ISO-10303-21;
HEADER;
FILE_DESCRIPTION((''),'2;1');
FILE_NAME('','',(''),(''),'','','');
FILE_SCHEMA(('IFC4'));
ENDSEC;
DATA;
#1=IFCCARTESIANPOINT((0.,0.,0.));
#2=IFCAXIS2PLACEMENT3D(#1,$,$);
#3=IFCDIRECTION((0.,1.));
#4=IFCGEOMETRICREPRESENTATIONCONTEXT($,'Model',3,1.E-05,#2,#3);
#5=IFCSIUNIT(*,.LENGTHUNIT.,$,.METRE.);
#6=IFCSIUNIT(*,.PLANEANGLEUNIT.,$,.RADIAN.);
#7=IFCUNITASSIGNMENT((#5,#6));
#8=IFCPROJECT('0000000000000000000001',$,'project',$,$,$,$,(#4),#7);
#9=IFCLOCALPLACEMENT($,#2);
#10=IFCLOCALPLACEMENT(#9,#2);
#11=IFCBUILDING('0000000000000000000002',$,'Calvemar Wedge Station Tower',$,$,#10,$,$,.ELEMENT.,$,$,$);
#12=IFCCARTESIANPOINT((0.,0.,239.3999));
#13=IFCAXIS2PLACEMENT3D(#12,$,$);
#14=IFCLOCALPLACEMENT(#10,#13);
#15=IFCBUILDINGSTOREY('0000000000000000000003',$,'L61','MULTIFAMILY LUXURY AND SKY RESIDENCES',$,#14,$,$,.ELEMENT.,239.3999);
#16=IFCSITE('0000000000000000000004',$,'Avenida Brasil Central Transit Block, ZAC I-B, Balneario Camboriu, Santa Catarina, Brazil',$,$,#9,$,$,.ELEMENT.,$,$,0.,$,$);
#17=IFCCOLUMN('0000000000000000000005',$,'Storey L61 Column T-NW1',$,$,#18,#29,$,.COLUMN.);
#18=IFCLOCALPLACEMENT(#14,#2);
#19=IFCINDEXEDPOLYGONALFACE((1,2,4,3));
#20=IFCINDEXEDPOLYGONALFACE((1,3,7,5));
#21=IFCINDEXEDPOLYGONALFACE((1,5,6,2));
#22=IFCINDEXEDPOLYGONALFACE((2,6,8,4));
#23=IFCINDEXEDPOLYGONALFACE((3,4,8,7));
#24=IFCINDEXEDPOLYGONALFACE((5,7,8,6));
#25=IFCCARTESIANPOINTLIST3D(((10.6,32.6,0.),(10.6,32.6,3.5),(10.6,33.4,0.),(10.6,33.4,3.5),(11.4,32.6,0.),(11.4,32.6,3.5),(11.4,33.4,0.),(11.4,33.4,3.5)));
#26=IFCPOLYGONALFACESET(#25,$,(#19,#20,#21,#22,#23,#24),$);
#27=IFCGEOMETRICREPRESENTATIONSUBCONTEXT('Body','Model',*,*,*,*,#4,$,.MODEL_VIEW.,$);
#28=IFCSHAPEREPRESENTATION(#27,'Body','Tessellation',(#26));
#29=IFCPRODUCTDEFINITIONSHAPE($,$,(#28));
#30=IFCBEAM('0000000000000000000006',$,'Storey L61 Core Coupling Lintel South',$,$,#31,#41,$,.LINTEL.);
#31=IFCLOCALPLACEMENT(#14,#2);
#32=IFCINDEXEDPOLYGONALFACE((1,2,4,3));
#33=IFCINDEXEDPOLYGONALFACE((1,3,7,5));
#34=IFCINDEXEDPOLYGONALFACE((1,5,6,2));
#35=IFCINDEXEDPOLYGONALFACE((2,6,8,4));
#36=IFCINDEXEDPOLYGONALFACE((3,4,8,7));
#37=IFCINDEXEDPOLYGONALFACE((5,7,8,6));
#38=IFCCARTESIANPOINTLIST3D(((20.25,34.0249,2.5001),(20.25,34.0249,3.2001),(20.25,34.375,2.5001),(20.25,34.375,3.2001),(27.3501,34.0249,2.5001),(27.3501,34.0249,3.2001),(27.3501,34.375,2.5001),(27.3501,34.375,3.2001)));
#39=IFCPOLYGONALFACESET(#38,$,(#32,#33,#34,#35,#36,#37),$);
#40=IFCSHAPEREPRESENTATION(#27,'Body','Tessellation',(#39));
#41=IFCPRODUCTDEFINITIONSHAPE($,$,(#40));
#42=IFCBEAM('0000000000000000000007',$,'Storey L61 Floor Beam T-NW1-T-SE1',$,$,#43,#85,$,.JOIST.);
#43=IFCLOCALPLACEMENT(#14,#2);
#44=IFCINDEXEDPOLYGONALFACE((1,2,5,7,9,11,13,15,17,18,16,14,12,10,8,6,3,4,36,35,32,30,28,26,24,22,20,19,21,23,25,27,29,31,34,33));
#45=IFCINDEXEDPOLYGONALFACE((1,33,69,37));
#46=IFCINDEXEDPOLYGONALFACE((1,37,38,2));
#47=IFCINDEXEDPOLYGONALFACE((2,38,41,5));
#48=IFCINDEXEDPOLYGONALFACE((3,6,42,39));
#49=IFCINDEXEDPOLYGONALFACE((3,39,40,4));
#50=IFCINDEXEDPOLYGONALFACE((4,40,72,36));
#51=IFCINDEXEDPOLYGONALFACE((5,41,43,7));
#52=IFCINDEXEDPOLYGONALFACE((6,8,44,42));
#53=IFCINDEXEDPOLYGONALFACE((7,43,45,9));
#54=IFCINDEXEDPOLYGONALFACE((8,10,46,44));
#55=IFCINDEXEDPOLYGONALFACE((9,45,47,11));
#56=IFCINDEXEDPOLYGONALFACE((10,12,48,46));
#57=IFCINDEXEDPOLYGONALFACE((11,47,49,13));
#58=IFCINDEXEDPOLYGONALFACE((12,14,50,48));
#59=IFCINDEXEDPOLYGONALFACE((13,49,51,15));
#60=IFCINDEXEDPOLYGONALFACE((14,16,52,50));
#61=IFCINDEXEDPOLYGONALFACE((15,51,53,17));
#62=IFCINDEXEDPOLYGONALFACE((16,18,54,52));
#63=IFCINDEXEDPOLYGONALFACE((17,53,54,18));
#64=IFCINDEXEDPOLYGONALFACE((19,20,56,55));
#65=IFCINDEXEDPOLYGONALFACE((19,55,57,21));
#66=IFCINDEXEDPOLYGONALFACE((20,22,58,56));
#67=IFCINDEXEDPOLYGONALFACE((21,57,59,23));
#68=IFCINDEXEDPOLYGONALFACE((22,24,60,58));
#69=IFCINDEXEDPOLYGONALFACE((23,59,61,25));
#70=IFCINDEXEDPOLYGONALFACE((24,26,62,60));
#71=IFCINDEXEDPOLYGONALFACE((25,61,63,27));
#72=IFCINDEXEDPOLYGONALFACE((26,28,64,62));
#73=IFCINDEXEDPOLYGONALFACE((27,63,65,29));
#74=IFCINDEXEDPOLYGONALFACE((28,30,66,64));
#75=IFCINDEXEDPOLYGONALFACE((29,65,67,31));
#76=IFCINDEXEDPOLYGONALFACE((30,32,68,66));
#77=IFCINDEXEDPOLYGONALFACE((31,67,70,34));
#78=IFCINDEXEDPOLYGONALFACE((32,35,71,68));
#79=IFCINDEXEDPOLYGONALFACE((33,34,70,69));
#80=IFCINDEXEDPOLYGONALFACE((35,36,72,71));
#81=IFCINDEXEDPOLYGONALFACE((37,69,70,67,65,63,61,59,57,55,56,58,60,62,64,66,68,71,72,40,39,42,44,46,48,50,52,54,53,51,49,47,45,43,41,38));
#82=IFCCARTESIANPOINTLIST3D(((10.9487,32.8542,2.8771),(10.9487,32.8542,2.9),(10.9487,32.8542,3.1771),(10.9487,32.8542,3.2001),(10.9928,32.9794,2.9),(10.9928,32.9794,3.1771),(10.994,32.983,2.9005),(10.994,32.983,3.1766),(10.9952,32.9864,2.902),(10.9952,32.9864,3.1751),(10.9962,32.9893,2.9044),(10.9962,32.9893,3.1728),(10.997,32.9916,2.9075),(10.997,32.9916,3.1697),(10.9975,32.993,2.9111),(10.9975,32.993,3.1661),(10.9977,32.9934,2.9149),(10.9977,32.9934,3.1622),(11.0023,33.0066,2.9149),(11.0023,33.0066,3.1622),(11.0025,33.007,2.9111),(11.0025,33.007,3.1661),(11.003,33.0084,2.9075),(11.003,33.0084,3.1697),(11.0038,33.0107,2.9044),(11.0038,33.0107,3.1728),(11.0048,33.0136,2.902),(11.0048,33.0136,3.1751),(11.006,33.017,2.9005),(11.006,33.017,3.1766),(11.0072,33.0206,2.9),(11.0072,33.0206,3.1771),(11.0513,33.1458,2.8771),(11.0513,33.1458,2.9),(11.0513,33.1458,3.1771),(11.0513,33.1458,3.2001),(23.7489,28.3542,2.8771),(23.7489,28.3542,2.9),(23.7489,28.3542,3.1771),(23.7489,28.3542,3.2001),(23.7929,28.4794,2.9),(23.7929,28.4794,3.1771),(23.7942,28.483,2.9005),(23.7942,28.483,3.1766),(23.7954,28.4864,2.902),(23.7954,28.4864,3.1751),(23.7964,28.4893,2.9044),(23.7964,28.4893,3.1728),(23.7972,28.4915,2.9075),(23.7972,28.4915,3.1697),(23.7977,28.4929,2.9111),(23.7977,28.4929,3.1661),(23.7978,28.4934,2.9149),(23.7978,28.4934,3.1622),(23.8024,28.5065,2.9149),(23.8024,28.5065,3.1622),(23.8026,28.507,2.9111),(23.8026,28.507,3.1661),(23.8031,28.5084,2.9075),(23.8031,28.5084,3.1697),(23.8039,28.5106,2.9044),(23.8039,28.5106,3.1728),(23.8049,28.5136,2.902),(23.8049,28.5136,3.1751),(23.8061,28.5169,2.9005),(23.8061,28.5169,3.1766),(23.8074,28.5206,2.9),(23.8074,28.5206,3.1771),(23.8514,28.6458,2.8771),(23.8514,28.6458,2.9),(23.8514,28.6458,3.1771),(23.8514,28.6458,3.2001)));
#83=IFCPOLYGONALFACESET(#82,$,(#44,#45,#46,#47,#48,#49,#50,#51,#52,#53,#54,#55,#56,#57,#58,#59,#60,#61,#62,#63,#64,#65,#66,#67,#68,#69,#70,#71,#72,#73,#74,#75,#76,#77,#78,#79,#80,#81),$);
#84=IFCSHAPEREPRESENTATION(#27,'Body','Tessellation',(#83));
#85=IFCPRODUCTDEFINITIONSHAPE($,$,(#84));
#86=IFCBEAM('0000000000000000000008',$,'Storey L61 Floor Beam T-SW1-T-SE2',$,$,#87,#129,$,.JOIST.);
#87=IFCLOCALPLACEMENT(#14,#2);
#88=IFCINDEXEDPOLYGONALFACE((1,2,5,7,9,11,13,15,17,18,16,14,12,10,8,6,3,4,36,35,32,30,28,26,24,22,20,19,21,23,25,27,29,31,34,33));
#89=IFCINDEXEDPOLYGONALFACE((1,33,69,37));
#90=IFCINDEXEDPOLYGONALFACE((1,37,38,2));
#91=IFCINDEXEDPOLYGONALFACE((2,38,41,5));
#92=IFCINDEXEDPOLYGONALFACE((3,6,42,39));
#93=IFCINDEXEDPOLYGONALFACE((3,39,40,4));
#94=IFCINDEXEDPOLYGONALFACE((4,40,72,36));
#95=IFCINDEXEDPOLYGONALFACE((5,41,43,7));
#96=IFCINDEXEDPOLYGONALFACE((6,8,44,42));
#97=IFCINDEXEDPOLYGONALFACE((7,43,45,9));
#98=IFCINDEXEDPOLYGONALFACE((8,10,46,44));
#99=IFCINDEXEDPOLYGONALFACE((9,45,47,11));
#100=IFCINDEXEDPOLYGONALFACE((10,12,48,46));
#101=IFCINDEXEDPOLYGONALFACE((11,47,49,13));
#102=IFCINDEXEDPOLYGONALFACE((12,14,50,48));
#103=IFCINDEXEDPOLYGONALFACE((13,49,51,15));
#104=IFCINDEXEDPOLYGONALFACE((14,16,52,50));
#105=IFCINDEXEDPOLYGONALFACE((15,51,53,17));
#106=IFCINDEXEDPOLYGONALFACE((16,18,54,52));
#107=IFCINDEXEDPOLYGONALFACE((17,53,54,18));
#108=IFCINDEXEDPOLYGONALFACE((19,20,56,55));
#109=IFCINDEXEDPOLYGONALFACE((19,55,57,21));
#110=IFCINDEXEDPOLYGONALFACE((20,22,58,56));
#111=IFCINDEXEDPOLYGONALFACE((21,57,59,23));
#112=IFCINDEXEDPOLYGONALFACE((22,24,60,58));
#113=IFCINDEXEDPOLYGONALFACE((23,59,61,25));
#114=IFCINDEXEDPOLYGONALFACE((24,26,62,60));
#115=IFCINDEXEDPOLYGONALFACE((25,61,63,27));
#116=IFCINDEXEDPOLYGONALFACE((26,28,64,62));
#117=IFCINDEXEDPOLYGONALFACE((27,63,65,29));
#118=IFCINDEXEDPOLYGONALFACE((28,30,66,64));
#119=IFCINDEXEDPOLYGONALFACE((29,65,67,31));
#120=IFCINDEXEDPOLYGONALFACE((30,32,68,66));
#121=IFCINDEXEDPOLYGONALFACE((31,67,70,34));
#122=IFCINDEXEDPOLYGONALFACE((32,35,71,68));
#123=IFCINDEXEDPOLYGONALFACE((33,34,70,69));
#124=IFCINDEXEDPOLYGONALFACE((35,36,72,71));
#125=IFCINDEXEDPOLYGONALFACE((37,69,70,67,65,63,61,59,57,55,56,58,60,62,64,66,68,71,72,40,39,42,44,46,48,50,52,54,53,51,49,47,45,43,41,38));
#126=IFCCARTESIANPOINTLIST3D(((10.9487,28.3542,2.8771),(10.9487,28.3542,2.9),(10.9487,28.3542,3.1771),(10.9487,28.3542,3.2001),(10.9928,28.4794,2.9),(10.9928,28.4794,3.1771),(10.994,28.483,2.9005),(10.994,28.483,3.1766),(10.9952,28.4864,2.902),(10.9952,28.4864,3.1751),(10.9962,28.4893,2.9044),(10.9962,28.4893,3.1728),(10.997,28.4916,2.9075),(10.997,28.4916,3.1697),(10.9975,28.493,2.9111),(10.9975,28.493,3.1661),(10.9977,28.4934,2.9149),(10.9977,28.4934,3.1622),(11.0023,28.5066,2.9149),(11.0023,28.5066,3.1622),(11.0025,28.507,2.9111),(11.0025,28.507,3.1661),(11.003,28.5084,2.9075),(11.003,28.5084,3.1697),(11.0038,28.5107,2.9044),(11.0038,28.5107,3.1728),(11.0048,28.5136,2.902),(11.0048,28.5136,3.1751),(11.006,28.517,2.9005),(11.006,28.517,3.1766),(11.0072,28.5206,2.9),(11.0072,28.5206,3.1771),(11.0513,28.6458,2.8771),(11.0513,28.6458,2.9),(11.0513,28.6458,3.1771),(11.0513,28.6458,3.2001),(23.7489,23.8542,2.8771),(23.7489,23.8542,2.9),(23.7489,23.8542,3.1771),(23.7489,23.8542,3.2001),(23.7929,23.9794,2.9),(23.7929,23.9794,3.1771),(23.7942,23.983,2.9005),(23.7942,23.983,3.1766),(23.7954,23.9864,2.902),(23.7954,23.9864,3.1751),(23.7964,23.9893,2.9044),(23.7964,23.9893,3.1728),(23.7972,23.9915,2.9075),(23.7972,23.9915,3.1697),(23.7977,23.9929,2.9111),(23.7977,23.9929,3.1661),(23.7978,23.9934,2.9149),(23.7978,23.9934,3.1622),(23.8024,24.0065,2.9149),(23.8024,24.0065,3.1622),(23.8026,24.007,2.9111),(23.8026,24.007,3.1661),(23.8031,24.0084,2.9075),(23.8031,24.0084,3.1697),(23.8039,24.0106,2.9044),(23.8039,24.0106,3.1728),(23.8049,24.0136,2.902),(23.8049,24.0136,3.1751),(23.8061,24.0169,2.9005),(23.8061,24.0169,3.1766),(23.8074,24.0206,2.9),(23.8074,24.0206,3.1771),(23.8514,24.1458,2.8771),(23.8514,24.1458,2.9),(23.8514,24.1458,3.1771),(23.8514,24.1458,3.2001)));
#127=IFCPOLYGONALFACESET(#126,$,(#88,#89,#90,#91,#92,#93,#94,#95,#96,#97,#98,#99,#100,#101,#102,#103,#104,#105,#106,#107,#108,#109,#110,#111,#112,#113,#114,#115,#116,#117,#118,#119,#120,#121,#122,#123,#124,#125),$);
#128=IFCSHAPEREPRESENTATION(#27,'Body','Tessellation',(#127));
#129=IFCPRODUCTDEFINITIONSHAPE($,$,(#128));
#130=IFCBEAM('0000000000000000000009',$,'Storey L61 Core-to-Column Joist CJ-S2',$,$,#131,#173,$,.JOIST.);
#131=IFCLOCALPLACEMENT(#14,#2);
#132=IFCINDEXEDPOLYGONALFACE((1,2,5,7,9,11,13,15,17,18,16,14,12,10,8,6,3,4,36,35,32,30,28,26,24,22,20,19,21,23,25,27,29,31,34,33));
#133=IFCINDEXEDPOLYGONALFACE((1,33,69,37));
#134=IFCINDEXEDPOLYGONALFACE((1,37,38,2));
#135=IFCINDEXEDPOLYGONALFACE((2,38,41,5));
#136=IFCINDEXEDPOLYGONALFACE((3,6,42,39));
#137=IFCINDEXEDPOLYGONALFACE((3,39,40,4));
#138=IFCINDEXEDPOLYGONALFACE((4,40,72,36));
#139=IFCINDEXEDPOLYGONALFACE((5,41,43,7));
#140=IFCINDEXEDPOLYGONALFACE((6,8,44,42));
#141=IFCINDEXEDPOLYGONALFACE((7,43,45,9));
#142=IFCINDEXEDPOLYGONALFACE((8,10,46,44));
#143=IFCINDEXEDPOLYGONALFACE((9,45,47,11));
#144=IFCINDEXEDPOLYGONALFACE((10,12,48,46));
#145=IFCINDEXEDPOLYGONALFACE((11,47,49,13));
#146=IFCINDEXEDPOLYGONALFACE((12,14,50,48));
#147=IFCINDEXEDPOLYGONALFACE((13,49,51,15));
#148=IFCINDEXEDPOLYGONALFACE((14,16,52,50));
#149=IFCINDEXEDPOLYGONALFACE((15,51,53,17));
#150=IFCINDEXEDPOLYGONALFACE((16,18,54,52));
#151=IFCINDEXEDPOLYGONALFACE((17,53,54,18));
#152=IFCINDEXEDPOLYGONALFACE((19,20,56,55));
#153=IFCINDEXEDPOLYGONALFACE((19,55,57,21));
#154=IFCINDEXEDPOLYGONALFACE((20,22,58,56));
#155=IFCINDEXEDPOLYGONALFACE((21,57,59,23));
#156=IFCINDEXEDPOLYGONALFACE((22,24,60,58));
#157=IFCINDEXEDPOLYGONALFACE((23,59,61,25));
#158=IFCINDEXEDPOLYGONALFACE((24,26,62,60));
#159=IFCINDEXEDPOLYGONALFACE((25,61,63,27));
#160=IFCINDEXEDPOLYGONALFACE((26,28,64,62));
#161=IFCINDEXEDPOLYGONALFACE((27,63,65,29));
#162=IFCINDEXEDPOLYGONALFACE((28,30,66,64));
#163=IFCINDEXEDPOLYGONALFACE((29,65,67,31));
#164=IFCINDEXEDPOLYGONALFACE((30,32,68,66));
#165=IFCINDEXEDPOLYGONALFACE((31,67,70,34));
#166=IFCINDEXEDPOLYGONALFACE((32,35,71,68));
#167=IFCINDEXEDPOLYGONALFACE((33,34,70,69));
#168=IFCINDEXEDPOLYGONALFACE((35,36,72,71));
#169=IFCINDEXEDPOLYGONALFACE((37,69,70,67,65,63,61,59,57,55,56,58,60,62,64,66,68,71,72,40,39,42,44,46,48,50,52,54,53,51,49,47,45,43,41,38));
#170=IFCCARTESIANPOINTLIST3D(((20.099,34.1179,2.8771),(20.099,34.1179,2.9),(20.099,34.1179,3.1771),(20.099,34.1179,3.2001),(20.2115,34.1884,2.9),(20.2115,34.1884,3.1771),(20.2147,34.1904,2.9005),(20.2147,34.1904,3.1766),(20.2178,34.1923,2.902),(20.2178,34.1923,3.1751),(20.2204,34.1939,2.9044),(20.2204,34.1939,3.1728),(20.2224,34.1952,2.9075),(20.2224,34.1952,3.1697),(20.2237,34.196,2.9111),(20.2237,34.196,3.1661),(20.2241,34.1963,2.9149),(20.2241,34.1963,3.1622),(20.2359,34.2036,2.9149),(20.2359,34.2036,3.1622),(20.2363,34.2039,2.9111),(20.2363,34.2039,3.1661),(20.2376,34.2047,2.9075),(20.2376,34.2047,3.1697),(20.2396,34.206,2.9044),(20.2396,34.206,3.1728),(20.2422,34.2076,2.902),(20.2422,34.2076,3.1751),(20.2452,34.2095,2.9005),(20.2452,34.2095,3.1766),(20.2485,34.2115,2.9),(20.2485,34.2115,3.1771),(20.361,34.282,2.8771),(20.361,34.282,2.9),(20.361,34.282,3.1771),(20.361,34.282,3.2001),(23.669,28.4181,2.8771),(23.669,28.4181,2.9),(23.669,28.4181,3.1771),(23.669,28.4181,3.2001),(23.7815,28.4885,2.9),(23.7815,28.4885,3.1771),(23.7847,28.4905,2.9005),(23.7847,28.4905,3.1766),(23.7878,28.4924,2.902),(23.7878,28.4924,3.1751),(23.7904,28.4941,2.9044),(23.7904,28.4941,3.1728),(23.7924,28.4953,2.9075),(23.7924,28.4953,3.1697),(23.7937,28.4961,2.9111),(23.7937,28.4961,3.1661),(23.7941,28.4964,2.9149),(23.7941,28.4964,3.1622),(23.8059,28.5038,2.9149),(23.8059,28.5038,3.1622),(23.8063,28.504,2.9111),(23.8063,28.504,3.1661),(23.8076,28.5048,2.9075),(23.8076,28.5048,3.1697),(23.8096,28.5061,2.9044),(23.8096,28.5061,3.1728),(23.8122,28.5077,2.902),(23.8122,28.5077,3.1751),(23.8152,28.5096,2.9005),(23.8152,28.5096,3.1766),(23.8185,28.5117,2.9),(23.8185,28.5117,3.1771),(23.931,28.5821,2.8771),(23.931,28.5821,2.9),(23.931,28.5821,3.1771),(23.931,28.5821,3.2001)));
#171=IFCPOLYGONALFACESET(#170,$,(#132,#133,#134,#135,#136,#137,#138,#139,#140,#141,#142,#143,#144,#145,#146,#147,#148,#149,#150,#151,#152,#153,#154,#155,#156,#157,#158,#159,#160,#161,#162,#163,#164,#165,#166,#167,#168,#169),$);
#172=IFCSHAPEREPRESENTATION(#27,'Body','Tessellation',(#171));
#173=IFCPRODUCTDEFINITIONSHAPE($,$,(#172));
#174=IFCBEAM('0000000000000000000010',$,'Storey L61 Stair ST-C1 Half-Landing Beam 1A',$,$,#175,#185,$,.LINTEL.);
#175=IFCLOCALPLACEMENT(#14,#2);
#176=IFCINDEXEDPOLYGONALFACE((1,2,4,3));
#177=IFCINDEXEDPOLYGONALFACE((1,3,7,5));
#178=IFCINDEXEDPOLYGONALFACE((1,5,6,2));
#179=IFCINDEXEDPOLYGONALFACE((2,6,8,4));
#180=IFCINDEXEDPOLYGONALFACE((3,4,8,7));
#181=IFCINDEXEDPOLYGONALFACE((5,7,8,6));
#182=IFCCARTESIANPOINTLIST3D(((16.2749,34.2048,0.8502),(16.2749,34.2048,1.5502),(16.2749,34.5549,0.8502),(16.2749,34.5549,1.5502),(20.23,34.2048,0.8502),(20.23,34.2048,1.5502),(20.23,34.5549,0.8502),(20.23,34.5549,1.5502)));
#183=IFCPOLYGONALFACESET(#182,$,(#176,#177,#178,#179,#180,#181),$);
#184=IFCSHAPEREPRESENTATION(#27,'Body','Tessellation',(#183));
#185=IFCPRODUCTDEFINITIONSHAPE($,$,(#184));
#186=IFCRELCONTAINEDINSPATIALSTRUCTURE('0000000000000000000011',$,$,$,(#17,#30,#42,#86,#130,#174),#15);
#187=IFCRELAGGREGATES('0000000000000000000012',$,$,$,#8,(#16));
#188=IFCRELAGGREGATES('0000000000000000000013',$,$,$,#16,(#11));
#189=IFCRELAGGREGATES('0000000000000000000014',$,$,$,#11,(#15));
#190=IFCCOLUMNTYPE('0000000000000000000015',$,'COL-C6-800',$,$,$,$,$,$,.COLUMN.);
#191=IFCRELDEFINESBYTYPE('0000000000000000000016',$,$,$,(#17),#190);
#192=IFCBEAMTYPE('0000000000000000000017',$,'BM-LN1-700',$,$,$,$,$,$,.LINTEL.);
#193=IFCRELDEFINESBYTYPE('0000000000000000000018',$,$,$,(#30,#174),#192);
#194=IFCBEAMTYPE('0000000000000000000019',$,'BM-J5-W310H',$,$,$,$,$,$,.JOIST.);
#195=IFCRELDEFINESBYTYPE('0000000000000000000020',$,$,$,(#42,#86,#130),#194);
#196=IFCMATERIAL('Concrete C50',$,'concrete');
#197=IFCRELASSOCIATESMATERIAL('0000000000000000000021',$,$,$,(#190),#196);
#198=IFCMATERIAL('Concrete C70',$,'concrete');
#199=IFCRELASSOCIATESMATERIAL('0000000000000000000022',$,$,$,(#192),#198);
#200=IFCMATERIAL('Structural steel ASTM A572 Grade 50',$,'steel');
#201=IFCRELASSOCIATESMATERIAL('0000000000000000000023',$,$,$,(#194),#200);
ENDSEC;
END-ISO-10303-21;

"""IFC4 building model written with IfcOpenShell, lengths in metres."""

from ifc_helpers import new_model, si_unit, direction, frame, origin, origin_2d, place, context, subcontext, project, spatial, rectangle, i_section, extrude, source, transform, mapped, material, material_profile, profile_set, type_object, element, save


model = new_model("IFC4")

# Units and contexts
model_context = context("Model", 3, precision=1e-05, world=origin(), true_north=direction((0.0, 1.0)))
body_context = subcontext(model_context, "Body", "Model", "MODEL_VIEW")
ifc_project = project(units=[si_unit("LENGTHUNIT", "METRE"), si_unit("PLANEANGLEUNIT", "RADIAN")], contexts=[model_context])

# Site, building, storey
site_placement = place(None, origin())
site = spatial("IfcSite", under=ifc_project, at=site_placement, Name="Avenida Brasil Central Transit Block, ZAC I-B, Balneario Camboriu, Santa Catarina, Brazil", CompositionType="ELEMENT", RefElevation=0.0)
building_placement = place(site_placement, origin())
building = spatial("IfcBuilding", under=site, at=building_placement, Name="Calvemar Wedge Station Tower", CompositionType="ELEMENT")
storey_placement = place(building_placement, frame((0.0, 0.0, 239.3999)))
storey = spatial("IfcBuildingStorey", under=building, at=storey_placement, Name="L61", Description="MULTIFAMILY LUXURY AND SKY RESIDENCES", CompositionType="ELEMENT", Elevation=239.3999)

# Column
ifc_material_1 = material(Name="Concrete C50", Category="concrete")
ifc_material_profile_1 = material_profile(ifc_material_1, rectangle(XDim=0.8, YDim=0.8, at=origin_2d()), Name="RC800x800")
ifc_profile_set_1 = profile_set([ifc_material_profile_1], Name="Concrete C50")
column_type = type_object("IfcColumnType", Name="COL-C6-800", PredefinedType="COLUMN", material=ifc_profile_set_1)
shared_shape_1 = source(origin(), body_context, "Body", "SweptSolid", [
    extrude(rectangle(XDim=0.8, YDim=0.8, at=origin_2d()), origin(), (0.0, 0.0, 1.0), 3.5),
])
column_placement = place(storey_placement, frame((11.0, 33.0, 0.0), z_axis=(0.0, 0.0, 1.0), x_axis=(1.0, 0.0, 0.0)))
element("IfcColumn", 1, at=column_placement, inside=storey, type_object=column_type, Name="Storey L61 Column T-NW1", PredefinedType="COLUMN", context=body_context, shape_type="MappedRepresentation", body=[
    mapped(shared_shape_1, transform((0.0, 0.0, 0.0), scale=1.0)),
])

# Beams
ifc_material_2 = material(Name="Concrete C70", Category="concrete")
ifc_material_profile_2 = material_profile(ifc_material_2, rectangle(XDim=0.3501, YDim=0.7, at=origin_2d()), Name="RC350x700")
ifc_profile_set_2 = profile_set([ifc_material_profile_2], Name="Concrete C70")
beam_type_1 = type_object("IfcBeamType", Name="BM-LN1-700", PredefinedType="LINTEL", material=ifc_profile_set_2)
shared_shape_2 = source(origin(), body_context, "Body", "SweptSolid", [
    extrude(rectangle(XDim=0.3501, YDim=0.7, at=origin_2d()), origin(), (0.0, 0.0, 1.0), 7.1001),
])
beam_1_placement = place(storey_placement, frame((20.25, 34.2, 2.8501), z_axis=(1.0, 0.0, 0.0), x_axis=(0.0, 1.0, 0.0)))
element("IfcBeam", 2, at=beam_1_placement, inside=storey, type_object=beam_type_1, Name="Storey L61 Core Coupling Lintel South", PredefinedType="LINTEL", context=body_context, shape_type="MappedRepresentation", body=[
    mapped(shared_shape_2, transform((0.0, 0.0, 0.0), scale=1.0)),
])
ifc_material_3 = material(Name="Structural steel ASTM A572 Grade 50", Category="steel")
ifc_material_profile_3 = material_profile(ifc_material_3, i_section(OverallWidth=0.3091, OverallDepth=0.323, WebThickness=0.0139, FlangeThickness=0.0229, FilletRadius=0.0149, at=origin_2d()), Name="W310x143")
ifc_profile_set_3 = profile_set([ifc_material_profile_3], Name="Structural steel ASTM A572 Grade 50")
beam_type_2 = type_object("IfcBeamType", Name="BM-J5-W310H", PredefinedType="JOIST", material=ifc_profile_set_3)
shared_shape_3 = source(origin(), body_context, "Body", "SweptSolid", [
    extrude(i_section(OverallWidth=0.3091, OverallDepth=0.323, WebThickness=0.0139, FlangeThickness=0.0229, FilletRadius=0.0149, at=origin_2d()), origin(), (0.0, 0.0, 1.0), 13.5681),
])
for number, where, z_axis, x_axis, name in (
    (3, (11.0, 33.0, 3.0386), (0.943398, -0.331662, 0.0), (0.331662, 0.943398, 0.0), "Storey L61 Floor Beam T-NW1-T-SE1"),
    (4, (11.0, 28.5, 3.0386), (0.943398, -0.331662, 0.0), (0.331662, 0.943398, 0.0), "Storey L61 Floor Beam T-SW1-T-SE2"),
):
    element("IfcBeam", number, at=place(storey_placement, frame(where, z_axis=z_axis, x_axis=x_axis)), inside=storey, type_object=beam_type_2, Name=name, PredefinedType="JOIST", context=body_context, shape_type="MappedRepresentation", body=[
        mapped(shared_shape_3, transform((0.0, 0.0, 0.0), scale=1.0)),
    ])
shared_shape_4 = source(origin(), body_context, "Body", "SweptSolid", [
    extrude(i_section(OverallWidth=0.3091, OverallDepth=0.323, WebThickness=0.0139, FlangeThickness=0.0229, FilletRadius=0.0149, at=origin_2d()), origin(), (0.0, 0.0, 1.0), 6.7256),
])
beam_2_placement = place(storey_placement, frame((20.23, 34.2, 3.0386), z_axis=(0.530811, -0.84749, 0.0), x_axis=(0.84749, 0.530811, 0.0)))
element("IfcBeam", 5, at=beam_2_placement, inside=storey, type_object=beam_type_2, Name="Storey L61 Core-to-Column Joist CJ-S2", PredefinedType="JOIST", context=body_context, shape_type="MappedRepresentation", body=[
    mapped(shared_shape_4, transform((0.0, 0.0, 0.0), scale=1.0)),
])
shared_shape_5 = source(origin(), body_context, "Body", "SweptSolid", [
    extrude(rectangle(XDim=0.3501, YDim=0.7, at=origin_2d()), origin(), (0.0, 0.0, 1.0), 3.9551),
])
beam_3_placement = place(storey_placement, frame((16.2749, 34.3799, 1.2002), z_axis=(1.0, 0.0, 0.0), x_axis=(0.0, 1.0, 0.0)))
element("IfcBeam", 6, at=beam_3_placement, inside=storey, type_object=beam_type_1, Name="Storey L61 Stair ST-C1 Half-Landing Beam 1A", PredefinedType="LINTEL", context=body_context, shape_type="MappedRepresentation", body=[
    mapped(shared_shape_5, transform((0.0, 0.0, 0.0), scale=1.0)),
])

save(model, "model.ifc")
